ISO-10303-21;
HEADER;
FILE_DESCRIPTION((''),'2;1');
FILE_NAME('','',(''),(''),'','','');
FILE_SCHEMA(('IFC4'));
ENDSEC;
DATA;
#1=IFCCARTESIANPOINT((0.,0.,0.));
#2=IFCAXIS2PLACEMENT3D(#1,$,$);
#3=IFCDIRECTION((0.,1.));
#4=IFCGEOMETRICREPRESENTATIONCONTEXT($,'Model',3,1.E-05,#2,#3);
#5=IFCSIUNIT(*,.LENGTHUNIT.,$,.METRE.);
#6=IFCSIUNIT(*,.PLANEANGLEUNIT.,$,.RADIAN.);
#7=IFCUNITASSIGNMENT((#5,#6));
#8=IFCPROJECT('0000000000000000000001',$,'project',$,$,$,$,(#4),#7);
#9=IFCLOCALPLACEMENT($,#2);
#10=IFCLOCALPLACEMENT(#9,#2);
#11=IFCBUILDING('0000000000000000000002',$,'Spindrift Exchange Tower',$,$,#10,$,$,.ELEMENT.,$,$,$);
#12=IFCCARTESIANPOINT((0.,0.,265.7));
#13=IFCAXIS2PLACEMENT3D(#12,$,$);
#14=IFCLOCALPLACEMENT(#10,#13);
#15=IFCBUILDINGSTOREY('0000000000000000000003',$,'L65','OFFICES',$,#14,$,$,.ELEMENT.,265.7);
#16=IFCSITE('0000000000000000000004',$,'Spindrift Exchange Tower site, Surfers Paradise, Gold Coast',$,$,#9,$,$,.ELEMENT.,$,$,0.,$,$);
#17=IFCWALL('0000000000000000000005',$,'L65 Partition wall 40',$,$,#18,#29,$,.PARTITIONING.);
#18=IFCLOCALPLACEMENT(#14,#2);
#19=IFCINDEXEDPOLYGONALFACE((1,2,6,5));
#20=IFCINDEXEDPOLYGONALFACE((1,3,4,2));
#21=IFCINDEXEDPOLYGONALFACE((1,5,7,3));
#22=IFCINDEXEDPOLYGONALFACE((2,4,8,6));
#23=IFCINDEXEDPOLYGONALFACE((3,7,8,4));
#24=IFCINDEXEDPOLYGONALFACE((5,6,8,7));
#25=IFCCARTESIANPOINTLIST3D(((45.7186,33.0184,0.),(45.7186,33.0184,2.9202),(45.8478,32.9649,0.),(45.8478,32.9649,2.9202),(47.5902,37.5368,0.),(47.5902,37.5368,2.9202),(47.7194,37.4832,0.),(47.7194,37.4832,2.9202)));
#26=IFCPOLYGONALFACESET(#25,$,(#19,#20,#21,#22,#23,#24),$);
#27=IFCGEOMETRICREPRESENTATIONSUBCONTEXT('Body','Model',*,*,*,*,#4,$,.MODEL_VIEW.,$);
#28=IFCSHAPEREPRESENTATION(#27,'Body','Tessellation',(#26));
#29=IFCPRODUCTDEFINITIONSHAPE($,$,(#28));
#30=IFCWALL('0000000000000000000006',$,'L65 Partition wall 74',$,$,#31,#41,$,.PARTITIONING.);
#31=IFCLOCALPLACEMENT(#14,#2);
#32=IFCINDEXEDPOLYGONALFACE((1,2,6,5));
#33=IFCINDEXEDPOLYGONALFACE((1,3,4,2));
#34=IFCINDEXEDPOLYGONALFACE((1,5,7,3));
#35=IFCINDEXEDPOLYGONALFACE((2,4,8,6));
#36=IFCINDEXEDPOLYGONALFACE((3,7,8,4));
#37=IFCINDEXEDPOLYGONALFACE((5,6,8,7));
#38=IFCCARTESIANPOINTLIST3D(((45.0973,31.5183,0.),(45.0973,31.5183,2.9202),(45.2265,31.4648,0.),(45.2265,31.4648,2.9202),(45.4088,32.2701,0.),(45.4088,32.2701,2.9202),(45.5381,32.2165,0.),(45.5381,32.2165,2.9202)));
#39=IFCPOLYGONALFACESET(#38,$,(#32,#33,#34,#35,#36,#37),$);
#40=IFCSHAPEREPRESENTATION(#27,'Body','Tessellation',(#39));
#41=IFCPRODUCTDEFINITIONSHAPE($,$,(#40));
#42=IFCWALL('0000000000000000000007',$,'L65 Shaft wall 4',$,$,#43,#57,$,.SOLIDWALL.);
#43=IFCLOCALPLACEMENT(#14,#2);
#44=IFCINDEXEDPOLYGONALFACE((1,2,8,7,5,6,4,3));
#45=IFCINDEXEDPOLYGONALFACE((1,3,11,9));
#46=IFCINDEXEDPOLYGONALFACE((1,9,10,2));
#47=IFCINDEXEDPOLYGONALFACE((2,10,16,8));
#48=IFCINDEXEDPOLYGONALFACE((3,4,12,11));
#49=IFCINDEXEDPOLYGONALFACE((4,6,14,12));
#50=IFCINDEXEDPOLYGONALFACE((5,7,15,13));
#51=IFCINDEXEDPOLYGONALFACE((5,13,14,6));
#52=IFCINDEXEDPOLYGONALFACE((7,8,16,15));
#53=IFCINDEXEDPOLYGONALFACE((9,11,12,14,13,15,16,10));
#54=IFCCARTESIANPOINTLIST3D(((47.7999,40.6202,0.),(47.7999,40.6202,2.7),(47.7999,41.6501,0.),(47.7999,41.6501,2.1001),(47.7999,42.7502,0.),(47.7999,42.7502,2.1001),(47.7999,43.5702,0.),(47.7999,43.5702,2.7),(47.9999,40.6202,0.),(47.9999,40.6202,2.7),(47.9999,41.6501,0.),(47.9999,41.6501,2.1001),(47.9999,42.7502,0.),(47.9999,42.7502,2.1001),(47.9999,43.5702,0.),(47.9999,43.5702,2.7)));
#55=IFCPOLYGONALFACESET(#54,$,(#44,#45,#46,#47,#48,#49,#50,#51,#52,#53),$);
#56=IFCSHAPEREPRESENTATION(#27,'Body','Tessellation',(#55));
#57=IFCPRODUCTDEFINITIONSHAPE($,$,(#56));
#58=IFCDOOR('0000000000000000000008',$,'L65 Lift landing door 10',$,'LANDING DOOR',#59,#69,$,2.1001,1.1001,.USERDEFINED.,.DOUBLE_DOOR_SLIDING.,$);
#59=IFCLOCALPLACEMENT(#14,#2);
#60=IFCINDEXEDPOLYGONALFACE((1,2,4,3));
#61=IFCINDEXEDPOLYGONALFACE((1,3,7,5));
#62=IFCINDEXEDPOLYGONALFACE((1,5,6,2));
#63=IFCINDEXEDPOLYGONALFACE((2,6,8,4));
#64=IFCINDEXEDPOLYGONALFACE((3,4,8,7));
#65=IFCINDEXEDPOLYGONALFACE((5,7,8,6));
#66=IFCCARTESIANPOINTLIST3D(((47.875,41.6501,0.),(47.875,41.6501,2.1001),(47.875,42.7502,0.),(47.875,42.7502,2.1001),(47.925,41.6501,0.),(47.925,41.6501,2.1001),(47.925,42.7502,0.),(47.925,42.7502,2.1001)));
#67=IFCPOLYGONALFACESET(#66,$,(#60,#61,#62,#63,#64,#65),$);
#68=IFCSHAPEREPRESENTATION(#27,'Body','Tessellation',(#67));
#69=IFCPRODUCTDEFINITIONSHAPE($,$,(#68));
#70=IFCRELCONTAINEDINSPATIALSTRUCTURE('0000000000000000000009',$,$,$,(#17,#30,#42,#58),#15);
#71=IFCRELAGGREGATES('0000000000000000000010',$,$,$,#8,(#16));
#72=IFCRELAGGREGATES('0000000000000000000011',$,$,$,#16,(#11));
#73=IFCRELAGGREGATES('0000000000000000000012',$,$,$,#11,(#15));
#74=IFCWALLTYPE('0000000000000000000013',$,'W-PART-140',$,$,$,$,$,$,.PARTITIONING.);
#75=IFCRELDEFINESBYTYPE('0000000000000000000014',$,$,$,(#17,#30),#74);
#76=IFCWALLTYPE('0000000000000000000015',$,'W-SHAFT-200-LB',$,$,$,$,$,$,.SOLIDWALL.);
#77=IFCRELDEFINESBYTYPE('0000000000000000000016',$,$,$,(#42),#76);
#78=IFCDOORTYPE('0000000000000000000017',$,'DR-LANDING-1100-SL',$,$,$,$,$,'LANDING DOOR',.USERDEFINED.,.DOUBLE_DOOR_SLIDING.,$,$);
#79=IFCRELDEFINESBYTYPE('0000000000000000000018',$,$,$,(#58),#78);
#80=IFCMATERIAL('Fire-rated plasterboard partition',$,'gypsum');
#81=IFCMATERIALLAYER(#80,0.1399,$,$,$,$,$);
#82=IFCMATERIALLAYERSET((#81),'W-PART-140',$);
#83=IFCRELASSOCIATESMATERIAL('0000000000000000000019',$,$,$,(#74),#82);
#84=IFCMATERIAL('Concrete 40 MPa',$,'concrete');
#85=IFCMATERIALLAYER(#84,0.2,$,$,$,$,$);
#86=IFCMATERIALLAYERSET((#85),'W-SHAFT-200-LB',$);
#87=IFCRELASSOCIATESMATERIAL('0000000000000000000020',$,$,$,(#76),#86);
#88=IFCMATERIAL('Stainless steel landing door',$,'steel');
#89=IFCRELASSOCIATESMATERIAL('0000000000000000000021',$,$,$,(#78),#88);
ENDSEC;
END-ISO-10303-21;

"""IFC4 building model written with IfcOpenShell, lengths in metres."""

from ifc_helpers import new_model, si_unit, direction, frame, frame_2d, origin, place, context, subcontext, project, spatial, rectangle, extrude, source, transform, mapped, material, layer, layer_set, type_object, element, fill, save


model = new_model("IFC4")

# Units and contexts
model_context = context("Model", 3, precision=1e-05, world=origin(), true_north=direction((0.0, 1.0)))
body_context = subcontext(model_context, "Body", "Model", "MODEL_VIEW")
ifc_project = project(units=[si_unit("LENGTHUNIT", "METRE"), si_unit("PLANEANGLEUNIT", "RADIAN")], contexts=[model_context])

# Site, building, storey
site_placement = place(None, origin())
site = spatial("IfcSite", under=ifc_project, at=site_placement, Name="Spindrift Exchange Tower site, Surfers Paradise, Gold Coast", CompositionType="ELEMENT", RefElevation=0.0)
building_placement = place(site_placement, origin())
building = spatial("IfcBuilding", under=site, at=building_placement, Name="Spindrift Exchange Tower", CompositionType="ELEMENT")
storey_placement = place(building_placement, frame((0.0, 0.0, 265.7)))
storey = spatial("IfcBuildingStorey", under=building, at=storey_placement, Name="L65", Description="OFFICES", CompositionType="ELEMENT", Elevation=265.7)

# Shared definitions
ifc_material_1 = material(Name="Concrete 40 MPa", Category="concrete")

# Walls
ifc_material_2 = material(Name="Fire-rated plasterboard partition", Category="gypsum")
ifc_layer_1 = layer(ifc_material_2, 0.1399)
ifc_layer_set_1 = layer_set([ifc_layer_1], Name="W-PART-140")
wall_type_1 = type_object("IfcWallType", Name="W-PART-140", PredefinedType="PARTITIONING", material=ifc_layer_set_1)
wall_1_placement = place(storey_placement, frame((47.6548, 37.51, 0.0), z_axis=(0.0, 0.0, 1.0), x_axis=(-0.38269, -0.923877, 0.0)))
element("IfcWall", 1, at=wall_1_placement, inside=storey, type_object=wall_type_1, Name="L65 Partition wall 40", PredefinedType="PARTITIONING", context=body_context, shape_type="SweptSolid", body=[
    extrude(rectangle(XDim=4.8906, YDim=0.1399, at=frame_2d((2.4453, 0.0))), origin(), (0.0, 0.0, 1.0), 2.9202),
])
wall_2_placement = place(storey_placement, frame((45.4734, 32.2432, 0.0), z_axis=(0.0, 0.0, 1.0), x_axis=(-0.382846, -0.923812, 0.0)))
element("IfcWall", 2, at=wall_2_placement, inside=storey, type_object=wall_type_1, Name="L65 Partition wall 74", PredefinedType="PARTITIONING", context=body_context, shape_type="SweptSolid", body=[
    extrude(rectangle(XDim=0.8137, YDim=0.1399, at=frame_2d((0.4067, 0.0))), origin(), (0.0, 0.0, 1.0), 2.9202),
])

# Wall, opening, door
ifc_layer_2 = layer(ifc_material_1, 0.2)
ifc_layer_set_2 = layer_set([ifc_layer_2], Name="W-SHAFT-200-LB")
wall_type_2 = type_object("IfcWallType", Name="W-SHAFT-200-LB", PredefinedType="SOLIDWALL", material=ifc_layer_set_2)
wall_3_placement = place(storey_placement, frame((47.8999, 40.6201, 0.0), z_axis=(0.0, 0.0, 1.0), x_axis=(0.0, 1.0, 0.0)))
wall_3 = element("IfcWall", 3, at=wall_3_placement, inside=storey, type_object=wall_type_2, Name="L65 Shaft wall 4", PredefinedType="SOLIDWALL", context=body_context, shape_type="SweptSolid", body=[
    extrude(rectangle(XDim=2.95, YDim=0.2, at=frame_2d((1.4751, 0.0))), origin(), (0.0, 0.0, 1.0), 2.7),
])
opening_1_placement = place(wall_3_placement, frame((1.03, 0.0, 0.0)))
opening_1 = element("IfcOpeningElement", 4, at=opening_1_placement, cuts=wall_3, PredefinedType="OPENING", context=body_context, shape_type="SweptSolid", body=[
    extrude(rectangle(XDim=1.1001, YDim=2.1001, at=frame_2d((0.55, 1.05))), frame((0.0, 0.1099, 0.0), z_axis=(0.0, -1.0, 0.0), x_axis=(1.0, 0.0, 0.0)), (0.0, 0.0, 1.0), 0.22),
])
ifc_material_3 = material(Name="Stainless steel landing door", Category="steel")
door_type_1 = type_object("IfcDoorType", Name="DR-LANDING-1100-SL", ElementType="LANDING DOOR", OperationType="DOUBLE_DOOR_SLIDING", PredefinedType="USERDEFINED", material=ifc_material_3)
shared_shape_1 = source(origin(), body_context, "Body", "SweptSolid", [
    extrude(rectangle(XDim=1.1001, YDim=2.1001, at=frame_2d((0.55, 1.05))), frame((0.0, 0.0249, 0.0), z_axis=(0.0, -1.0, 0.0), x_axis=(1.0, 0.0, 0.0)), (0.0, 0.0, 1.0), 0.05),
])
door_1_placement = place(opening_1_placement, origin())
door_1 = element("IfcDoor", 5, at=door_1_placement, inside=storey, type_object=door_type_1, Name="L65 Lift landing door 10", ObjectType="LANDING DOOR", OperationType="DOUBLE_DOOR_SLIDING", OverallHeight=2.1001, OverallWidth=1.1001, PredefinedType="USERDEFINED", context=body_context, shape_type="MappedRepresentation", body=[
    mapped(shared_shape_1, transform((0.0, 0.0, 0.0), scale=1.0)),
])
fill(opening_1, door_1)

save(model, "model.ifc")
